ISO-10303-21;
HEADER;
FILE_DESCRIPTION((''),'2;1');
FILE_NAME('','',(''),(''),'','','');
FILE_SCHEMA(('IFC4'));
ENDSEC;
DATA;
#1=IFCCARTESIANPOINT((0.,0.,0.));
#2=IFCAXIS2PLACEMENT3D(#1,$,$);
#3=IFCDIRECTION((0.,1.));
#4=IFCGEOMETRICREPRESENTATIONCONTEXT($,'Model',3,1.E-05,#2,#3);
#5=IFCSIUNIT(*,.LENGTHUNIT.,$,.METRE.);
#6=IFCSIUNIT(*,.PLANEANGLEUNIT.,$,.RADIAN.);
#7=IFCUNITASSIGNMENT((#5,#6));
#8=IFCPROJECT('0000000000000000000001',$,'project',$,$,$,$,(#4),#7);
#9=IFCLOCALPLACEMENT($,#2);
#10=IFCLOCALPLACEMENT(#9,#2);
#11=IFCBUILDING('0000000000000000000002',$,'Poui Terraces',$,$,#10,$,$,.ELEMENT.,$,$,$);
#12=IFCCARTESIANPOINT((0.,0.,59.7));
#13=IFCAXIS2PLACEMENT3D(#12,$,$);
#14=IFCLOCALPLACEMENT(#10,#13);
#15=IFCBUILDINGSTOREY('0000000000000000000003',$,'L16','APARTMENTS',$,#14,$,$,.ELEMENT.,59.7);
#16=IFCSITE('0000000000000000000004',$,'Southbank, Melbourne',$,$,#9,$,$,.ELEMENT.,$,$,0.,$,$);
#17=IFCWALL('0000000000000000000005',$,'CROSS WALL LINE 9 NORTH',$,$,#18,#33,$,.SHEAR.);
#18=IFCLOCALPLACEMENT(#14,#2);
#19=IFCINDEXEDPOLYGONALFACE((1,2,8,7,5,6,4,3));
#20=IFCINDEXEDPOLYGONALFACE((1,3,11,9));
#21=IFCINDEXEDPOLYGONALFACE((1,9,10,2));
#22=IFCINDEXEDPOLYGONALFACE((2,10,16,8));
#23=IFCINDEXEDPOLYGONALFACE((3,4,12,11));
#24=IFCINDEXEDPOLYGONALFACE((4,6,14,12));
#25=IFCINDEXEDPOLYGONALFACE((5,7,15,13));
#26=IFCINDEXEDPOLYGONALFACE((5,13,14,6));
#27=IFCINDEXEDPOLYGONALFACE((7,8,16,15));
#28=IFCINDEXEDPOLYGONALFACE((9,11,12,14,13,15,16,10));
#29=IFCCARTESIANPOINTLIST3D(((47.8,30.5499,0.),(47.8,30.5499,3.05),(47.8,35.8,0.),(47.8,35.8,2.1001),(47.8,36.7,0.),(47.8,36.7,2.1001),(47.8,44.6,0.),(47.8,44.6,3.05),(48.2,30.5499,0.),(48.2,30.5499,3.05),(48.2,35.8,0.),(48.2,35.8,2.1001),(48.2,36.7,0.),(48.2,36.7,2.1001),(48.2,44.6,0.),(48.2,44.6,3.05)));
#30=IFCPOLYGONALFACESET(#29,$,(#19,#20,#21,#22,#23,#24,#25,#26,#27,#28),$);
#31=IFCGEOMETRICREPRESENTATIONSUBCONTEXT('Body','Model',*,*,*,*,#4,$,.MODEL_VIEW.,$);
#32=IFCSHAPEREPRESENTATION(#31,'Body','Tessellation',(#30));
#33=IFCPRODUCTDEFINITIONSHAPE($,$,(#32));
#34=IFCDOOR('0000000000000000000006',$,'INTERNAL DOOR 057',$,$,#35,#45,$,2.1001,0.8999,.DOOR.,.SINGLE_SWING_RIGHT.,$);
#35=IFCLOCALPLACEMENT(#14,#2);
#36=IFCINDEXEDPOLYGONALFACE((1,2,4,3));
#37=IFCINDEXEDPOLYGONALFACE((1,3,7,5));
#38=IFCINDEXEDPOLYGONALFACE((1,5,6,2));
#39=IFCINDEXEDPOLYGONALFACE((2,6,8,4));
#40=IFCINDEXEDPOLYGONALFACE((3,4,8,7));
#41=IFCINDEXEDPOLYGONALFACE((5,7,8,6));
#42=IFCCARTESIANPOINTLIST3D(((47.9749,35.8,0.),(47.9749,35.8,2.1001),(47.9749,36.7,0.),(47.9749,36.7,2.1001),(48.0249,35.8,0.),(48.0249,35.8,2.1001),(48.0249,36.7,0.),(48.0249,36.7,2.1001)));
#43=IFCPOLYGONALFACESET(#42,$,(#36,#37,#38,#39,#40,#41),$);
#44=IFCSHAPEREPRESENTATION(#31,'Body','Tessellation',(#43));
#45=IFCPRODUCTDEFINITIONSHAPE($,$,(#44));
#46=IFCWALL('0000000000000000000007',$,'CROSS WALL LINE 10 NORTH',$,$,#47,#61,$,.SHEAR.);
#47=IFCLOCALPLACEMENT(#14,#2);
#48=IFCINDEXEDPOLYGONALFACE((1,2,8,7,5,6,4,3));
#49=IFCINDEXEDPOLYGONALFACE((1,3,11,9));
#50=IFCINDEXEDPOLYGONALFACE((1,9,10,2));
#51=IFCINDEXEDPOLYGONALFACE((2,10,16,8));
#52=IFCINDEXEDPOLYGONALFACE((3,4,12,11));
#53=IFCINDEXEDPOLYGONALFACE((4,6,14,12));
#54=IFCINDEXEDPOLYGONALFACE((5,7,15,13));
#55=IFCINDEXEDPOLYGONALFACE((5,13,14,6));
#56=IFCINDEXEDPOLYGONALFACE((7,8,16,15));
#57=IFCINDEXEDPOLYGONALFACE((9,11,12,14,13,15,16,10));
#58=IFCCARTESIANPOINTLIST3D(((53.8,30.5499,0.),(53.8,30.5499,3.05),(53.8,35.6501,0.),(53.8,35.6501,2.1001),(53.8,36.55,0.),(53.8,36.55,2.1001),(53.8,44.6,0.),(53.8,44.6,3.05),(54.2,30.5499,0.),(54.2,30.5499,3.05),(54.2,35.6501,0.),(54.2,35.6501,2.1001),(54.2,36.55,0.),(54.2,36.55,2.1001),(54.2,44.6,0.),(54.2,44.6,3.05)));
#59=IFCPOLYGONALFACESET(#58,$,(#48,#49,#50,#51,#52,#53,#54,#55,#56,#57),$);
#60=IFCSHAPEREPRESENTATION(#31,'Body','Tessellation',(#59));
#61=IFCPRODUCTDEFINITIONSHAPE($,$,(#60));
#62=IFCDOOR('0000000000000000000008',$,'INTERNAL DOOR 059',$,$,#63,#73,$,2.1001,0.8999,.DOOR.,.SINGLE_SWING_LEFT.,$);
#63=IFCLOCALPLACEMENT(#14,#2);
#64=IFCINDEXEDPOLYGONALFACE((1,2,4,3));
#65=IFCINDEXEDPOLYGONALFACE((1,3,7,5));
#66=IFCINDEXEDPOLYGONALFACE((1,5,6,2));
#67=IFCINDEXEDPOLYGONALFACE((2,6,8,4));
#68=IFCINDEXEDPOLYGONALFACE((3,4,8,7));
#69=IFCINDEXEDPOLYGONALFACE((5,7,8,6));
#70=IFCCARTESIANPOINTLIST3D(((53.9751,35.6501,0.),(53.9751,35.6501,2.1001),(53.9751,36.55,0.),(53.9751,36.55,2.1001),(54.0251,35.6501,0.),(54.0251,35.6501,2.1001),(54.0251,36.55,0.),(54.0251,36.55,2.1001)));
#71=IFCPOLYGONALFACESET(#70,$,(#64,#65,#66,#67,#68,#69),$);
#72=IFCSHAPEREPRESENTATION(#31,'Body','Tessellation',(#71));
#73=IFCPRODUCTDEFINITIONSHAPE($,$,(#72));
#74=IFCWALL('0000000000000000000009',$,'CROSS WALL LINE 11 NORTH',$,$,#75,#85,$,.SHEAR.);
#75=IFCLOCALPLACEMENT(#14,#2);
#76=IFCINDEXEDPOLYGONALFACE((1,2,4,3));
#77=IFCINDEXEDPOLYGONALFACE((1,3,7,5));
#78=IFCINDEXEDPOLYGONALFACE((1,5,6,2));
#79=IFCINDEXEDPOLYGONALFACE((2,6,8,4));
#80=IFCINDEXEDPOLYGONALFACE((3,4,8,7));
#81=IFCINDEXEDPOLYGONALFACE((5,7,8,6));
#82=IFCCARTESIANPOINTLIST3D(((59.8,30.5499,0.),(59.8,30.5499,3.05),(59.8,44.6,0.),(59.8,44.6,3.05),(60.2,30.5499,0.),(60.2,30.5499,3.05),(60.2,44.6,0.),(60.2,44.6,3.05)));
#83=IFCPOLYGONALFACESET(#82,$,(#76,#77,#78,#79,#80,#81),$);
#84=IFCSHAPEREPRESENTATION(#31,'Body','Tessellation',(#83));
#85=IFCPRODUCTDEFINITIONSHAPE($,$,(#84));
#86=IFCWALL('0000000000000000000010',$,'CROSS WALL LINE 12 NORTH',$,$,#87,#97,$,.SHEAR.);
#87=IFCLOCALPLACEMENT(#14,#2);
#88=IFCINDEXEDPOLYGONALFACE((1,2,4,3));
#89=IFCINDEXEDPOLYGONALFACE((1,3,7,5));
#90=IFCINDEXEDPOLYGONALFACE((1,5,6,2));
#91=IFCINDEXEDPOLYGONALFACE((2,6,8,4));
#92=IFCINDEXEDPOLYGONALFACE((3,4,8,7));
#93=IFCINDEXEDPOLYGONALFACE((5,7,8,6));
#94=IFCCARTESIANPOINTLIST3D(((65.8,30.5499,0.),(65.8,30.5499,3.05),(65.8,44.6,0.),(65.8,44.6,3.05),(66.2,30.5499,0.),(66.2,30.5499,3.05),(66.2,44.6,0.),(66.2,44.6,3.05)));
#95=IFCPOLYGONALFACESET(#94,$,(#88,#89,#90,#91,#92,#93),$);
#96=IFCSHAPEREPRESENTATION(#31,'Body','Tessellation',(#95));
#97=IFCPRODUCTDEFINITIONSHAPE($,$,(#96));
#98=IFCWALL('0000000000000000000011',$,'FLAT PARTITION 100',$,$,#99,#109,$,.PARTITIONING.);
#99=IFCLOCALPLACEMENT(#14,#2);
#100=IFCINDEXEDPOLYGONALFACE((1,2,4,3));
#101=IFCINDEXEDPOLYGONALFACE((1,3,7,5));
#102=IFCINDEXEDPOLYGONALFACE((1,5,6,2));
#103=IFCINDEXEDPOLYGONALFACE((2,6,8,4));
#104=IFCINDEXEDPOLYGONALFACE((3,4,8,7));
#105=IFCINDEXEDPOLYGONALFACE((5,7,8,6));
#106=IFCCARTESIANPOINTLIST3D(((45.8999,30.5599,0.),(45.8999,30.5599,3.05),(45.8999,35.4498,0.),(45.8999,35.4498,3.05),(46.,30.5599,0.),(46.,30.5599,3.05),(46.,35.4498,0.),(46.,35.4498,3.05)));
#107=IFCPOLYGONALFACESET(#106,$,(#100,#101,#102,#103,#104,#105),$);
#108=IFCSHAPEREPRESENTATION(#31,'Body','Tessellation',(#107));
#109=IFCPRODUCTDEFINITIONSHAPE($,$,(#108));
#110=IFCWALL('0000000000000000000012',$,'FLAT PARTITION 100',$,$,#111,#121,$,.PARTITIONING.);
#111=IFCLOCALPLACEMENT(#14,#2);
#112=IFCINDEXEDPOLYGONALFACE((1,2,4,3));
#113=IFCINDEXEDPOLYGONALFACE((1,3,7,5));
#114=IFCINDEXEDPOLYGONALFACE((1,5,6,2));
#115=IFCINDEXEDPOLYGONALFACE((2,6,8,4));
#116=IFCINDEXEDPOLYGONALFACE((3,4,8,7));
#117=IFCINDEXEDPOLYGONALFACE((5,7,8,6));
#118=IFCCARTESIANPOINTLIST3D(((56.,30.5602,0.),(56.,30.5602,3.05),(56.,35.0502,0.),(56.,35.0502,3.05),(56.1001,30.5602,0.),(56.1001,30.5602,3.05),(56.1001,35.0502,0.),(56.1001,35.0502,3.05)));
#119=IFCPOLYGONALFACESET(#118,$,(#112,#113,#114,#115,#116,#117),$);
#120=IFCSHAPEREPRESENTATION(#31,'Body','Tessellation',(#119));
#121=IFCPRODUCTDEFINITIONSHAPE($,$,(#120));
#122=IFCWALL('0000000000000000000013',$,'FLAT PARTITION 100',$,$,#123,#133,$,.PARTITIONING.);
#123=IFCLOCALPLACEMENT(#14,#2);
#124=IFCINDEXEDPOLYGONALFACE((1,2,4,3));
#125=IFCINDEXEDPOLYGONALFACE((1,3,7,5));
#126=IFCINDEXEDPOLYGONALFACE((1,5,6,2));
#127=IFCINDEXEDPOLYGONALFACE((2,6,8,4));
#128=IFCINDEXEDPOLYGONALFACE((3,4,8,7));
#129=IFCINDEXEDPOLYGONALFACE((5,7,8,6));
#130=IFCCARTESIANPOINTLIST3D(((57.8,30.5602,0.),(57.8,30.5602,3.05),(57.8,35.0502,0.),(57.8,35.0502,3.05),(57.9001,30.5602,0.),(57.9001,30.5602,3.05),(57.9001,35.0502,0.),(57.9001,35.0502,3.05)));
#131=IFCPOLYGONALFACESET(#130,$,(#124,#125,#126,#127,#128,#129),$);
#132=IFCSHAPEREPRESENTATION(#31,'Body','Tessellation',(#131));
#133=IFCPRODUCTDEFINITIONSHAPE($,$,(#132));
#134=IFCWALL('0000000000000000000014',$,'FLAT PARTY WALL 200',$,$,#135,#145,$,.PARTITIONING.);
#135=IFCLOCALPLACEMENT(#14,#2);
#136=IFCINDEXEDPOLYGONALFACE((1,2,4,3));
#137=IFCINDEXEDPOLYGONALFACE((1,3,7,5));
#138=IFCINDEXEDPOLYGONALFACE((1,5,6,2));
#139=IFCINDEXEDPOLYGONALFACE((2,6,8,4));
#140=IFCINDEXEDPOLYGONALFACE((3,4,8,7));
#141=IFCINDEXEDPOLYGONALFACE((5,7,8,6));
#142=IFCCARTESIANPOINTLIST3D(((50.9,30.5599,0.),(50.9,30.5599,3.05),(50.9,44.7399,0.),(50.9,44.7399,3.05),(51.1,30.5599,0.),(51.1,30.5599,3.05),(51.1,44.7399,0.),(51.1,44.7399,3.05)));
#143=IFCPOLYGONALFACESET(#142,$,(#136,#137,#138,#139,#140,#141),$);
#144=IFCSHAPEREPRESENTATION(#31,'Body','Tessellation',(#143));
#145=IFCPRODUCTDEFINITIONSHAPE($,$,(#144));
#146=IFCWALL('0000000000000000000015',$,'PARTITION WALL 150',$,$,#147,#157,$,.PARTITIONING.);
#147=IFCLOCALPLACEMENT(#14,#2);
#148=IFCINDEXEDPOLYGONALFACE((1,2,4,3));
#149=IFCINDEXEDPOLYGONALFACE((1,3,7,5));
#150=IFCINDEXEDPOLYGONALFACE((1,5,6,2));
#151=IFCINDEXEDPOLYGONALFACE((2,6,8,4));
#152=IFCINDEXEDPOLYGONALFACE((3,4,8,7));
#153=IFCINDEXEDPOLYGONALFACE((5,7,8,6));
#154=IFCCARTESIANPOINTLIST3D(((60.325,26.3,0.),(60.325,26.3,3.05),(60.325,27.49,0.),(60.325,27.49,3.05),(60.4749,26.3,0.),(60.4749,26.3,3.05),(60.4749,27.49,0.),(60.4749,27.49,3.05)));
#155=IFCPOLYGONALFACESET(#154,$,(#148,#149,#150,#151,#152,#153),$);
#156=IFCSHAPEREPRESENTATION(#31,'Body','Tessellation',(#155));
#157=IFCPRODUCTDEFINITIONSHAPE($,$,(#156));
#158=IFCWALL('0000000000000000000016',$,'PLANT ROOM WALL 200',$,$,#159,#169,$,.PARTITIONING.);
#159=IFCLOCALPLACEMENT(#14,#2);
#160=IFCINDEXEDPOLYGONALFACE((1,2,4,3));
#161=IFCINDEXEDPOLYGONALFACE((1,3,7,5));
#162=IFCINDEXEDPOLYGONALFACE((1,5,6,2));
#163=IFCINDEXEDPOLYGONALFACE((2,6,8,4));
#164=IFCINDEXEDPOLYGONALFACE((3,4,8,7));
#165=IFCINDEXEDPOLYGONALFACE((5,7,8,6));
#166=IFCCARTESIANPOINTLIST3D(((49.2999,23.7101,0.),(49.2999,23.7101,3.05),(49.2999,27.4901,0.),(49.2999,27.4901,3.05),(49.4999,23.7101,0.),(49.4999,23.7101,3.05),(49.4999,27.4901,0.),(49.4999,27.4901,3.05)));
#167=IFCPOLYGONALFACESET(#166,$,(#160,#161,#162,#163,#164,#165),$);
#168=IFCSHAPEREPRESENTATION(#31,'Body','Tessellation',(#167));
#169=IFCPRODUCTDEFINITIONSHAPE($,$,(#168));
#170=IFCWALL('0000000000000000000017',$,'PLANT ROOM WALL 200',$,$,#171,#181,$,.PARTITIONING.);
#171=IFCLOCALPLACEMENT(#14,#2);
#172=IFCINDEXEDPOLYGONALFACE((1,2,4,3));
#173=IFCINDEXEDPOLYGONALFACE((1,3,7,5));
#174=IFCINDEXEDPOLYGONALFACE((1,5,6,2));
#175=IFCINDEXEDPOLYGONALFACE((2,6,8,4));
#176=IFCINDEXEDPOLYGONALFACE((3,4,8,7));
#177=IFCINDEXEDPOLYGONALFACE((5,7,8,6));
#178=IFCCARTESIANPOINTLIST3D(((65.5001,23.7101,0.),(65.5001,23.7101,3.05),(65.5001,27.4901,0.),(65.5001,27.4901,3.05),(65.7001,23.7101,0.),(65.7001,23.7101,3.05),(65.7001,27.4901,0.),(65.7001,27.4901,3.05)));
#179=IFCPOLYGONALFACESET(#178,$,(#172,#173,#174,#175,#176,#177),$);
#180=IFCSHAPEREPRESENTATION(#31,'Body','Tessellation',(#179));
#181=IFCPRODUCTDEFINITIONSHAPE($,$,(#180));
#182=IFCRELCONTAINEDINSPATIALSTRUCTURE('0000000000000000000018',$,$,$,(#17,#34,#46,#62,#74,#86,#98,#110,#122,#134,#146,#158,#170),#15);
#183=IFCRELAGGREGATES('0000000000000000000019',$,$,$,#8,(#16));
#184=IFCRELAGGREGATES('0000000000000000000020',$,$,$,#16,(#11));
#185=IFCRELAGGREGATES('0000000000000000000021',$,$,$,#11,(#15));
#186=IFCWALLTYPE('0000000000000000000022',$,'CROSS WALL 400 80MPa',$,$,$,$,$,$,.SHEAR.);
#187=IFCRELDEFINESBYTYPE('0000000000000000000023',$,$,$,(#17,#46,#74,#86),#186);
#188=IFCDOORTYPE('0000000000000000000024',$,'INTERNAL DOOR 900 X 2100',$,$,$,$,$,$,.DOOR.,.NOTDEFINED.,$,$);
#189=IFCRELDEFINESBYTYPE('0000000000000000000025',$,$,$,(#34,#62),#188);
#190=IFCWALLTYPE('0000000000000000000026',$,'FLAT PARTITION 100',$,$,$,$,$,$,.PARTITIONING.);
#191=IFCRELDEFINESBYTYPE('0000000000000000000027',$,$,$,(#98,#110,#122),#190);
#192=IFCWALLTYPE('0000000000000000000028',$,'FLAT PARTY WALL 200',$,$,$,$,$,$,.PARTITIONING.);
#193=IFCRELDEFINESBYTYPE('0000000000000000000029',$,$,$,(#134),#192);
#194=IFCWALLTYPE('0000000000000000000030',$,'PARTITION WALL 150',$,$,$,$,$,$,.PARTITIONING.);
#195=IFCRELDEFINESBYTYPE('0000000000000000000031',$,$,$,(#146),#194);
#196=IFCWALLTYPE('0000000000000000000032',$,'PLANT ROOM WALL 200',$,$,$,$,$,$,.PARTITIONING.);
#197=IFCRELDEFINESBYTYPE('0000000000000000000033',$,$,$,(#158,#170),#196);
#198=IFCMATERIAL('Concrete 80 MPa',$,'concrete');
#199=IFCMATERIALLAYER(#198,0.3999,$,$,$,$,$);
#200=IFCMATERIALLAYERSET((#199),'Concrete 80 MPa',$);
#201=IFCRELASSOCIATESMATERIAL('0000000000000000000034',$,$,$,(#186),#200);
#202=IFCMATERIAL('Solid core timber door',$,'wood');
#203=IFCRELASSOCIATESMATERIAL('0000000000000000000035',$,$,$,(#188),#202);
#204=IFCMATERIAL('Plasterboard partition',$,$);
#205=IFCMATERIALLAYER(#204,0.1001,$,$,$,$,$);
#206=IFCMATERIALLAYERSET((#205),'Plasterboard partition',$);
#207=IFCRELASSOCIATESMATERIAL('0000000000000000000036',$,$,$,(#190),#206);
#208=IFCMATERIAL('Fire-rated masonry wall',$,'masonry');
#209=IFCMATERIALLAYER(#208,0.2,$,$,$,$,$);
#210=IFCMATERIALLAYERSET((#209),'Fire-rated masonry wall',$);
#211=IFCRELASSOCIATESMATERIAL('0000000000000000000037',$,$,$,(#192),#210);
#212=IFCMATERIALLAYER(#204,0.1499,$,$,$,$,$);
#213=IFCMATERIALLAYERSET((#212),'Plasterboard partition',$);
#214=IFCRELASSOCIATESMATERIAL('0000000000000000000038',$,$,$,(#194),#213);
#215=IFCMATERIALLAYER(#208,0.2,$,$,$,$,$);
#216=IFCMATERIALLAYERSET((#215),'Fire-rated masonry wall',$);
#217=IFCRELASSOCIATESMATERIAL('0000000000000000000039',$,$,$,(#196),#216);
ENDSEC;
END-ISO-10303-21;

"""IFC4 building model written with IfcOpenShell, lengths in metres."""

from ifc_helpers import new_model, si_unit, direction, frame, frame_2d, origin, place, context, subcontext, project, spatial, rectangle, extrude, material, layer, layer_set, type_object, element, fill, save


model = new_model("IFC4")

# Units and contexts
model_context = context("Model", 3, precision=1e-05, world=origin(), true_north=direction((0.0, 1.0)))
body_context = subcontext(model_context, "Body", "Model", "MODEL_VIEW")
ifc_project = project(units=[si_unit("LENGTHUNIT", "METRE"), si_unit("PLANEANGLEUNIT", "RADIAN")], contexts=[model_context])

# Site, building, storey
site_placement = place(None, origin())
site = spatial("IfcSite", under=ifc_project, at=site_placement, Name="Southbank, Melbourne", CompositionType="ELEMENT", RefElevation=0.0)
building_placement = place(site_placement, origin())
building = spatial("IfcBuilding", under=site, at=building_placement, Name="Poui Terraces", CompositionType="ELEMENT")
storey_placement = place(building_placement, frame((0.0, 0.0, 59.7)))
storey = spatial("IfcBuildingStorey", under=building, at=storey_placement, Name="L16", Description="APARTMENTS", CompositionType="ELEMENT", Elevation=59.7)

# Shared definitions
ifc_material_1 = material(Name="Concrete 80 MPa", Category="concrete")

# Walls, openings, doors
ifc_layer_1 = layer(ifc_material_1, 0.3999)
ifc_layer_set_1 = layer_set([ifc_layer_1], Name="Concrete 80 MPa")
wall_type_1 = type_object("IfcWallType", Name="CROSS WALL 400 80MPa", PredefinedType="SHEAR", material=ifc_layer_set_1)
wall_1_placement = place(storey_placement, frame((48.0, 30.55, 0.0), z_axis=(0.0, 0.0, 1.0), x_axis=(0.0, 1.0, 0.0)))
wall_1 = element("IfcWall", 1, at=wall_1_placement, inside=storey, type_object=wall_type_1, Name="CROSS WALL LINE 9 NORTH", PredefinedType="SHEAR", context=body_context, shape_type="SweptSolid", body=[
    extrude(rectangle(XDim=14.05, YDim=0.3999, at=frame_2d((7.0249, 0.0))), origin(), (0.0, 0.0, 1.0), 3.05),
])
opening_1_placement = place(wall_1_placement, frame((5.25, 0.0, 0.0)))
opening_1 = element("IfcOpeningElement", 2, at=opening_1_placement, cuts=wall_1, PredefinedType="OPENING", context=body_context, shape_type="SweptSolid", body=[
    extrude(rectangle(XDim=0.8999, YDim=2.1001, at=frame_2d((0.45, 1.05))), frame((0.0, 0.21, 0.0), z_axis=(0.0, -1.0, 0.0), x_axis=(1.0, 0.0, 0.0)), (0.0, 0.0, 1.0), 0.4199),
])
ifc_material_2 = material(Name="Solid core timber door", Category="wood")
door_type_1 = type_object("IfcDoorType", Name="INTERNAL DOOR 900 X 2100", OperationType="NOTDEFINED", PredefinedType="DOOR", material=ifc_material_2)
door_1_placement = place(opening_1_placement, frame((0.8999, 0.0, 0.0), z_axis=(0.0, 0.0, 1.0), x_axis=(-1.0, 0.0, 0.0)))
door_1 = element("IfcDoor", 3, at=door_1_placement, inside=storey, type_object=door_type_1, Name="INTERNAL DOOR 057", OperationType="SINGLE_SWING_RIGHT", OverallHeight=2.1001, OverallWidth=0.8999, PredefinedType="DOOR", context=body_context, shape_type="SweptSolid", body=[
    extrude(rectangle(XDim=0.8999, YDim=2.1001, at=frame_2d((0.45, 1.05))), frame((0.0, 0.0249, 0.0), z_axis=(0.0, -1.0, 0.0), x_axis=(1.0, 0.0, 0.0)), (0.0, 0.0, 1.0), 0.05),
])
fill(opening_1, door_1)
wall_2_placement = place(storey_placement, frame((54.0, 30.55, 0.0), z_axis=(0.0, 0.0, 1.0), x_axis=(0.0, 1.0, 0.0)))
wall_2 = element("IfcWall", 4, at=wall_2_placement, inside=storey, type_object=wall_type_1, Name="CROSS WALL LINE 10 NORTH", PredefinedType="SHEAR", context=body_context, shape_type="SweptSolid", body=[
    extrude(rectangle(XDim=14.05, YDim=0.3999, at=frame_2d((7.0249, 0.0))), origin(), (0.0, 0.0, 1.0), 3.05),
])
opening_2_placement = place(wall_2_placement, frame((5.1001, 0.0, 0.0)))
opening_2 = element("IfcOpeningElement", 5, at=opening_2_placement, cuts=wall_2, PredefinedType="OPENING", context=body_context, shape_type="SweptSolid", body=[
    extrude(rectangle(XDim=0.8999, YDim=2.1001, at=frame_2d((0.45, 1.05))), frame((0.0, 0.21, 0.0), z_axis=(0.0, -1.0, 0.0), x_axis=(1.0, 0.0, 0.0)), (0.0, 0.0, 1.0), 0.4199),
])
door_2_placement = place(opening_2_placement, origin())
door_2 = element("IfcDoor", 6, at=door_2_placement, inside=storey, type_object=door_type_1, Name="INTERNAL DOOR 059", OperationType="SINGLE_SWING_LEFT", OverallHeight=2.1001, OverallWidth=0.8999, PredefinedType="DOOR", context=body_context, shape_type="SweptSolid", body=[
    extrude(rectangle(XDim=0.8999, YDim=2.1001, at=frame_2d((0.45, 1.05))), frame((0.0, 0.0249, 0.0), z_axis=(0.0, -1.0, 0.0), x_axis=(1.0, 0.0, 0.0)), (0.0, 0.0, 1.0), 0.05),
])
fill(opening_2, door_2)

# Walls
for number, where, z_axis, x_axis, name in (
    (7, (60.0, 30.55, 0.0), (0.0, 0.0, 1.0), (0.0, 1.0, 0.0), "CROSS WALL LINE 11 NORTH"),
    (8, (66.0, 30.55, 0.0), (0.0, 0.0, 1.0), (0.0, 1.0, 0.0), "CROSS WALL LINE 12 NORTH"),
):
    element("IfcWall", number, at=place(storey_placement, frame(where, z_axis=z_axis, x_axis=x_axis)), inside=storey, type_object=wall_type_1, Name=name, PredefinedType="SHEAR", context=body_context, shape_type="SweptSolid", body=[
        extrude(rectangle(XDim=14.05, YDim=0.3999, at=frame_2d((7.0249, 0.0))), origin(), (0.0, 0.0, 1.0), 3.05),
    ])
ifc_material_3 = material(Name="Plasterboard partition")
ifc_layer_2 = layer(ifc_material_3, 0.1001)
ifc_layer_set_2 = layer_set([ifc_layer_2], Name="Plasterboard partition")
wall_type_2 = type_object("IfcWallType", Name="FLAT PARTITION 100", PredefinedType="PARTITIONING", material=ifc_layer_set_2)
wall_3_placement = place(storey_placement, frame((45.95, 30.5601, 0.0), z_axis=(0.0, 0.0, 1.0), x_axis=(0.0, 1.0, 0.0)))
element("IfcWall", 9, at=wall_3_placement, inside=storey, type_object=wall_type_2, Name="FLAT PARTITION 100", PredefinedType="PARTITIONING", context=body_context, shape_type="SweptSolid", body=[
    extrude(rectangle(XDim=4.8899, YDim=0.1001, at=frame_2d((2.4448, 0.0))), origin(), (0.0, 0.0, 1.0), 3.05),
])
for number, where, z_axis, x_axis, name in (
    (10, (56.05, 30.5601, 0.0), (0.0, 0.0, 1.0), (0.0, 1.0, 0.0), "FLAT PARTITION 100"),
    (11, (57.8501, 30.5601, 0.0), (0.0, 0.0, 1.0), (0.0, 1.0, 0.0), "FLAT PARTITION 100"),
):
    element("IfcWall", number, at=place(storey_placement, frame(where, z_axis=z_axis, x_axis=x_axis)), inside=storey, type_object=wall_type_2, Name=name, PredefinedType="PARTITIONING", context=body_context, shape_type="SweptSolid", body=[
        extrude(rectangle(XDim=4.49, YDim=0.1001, at=frame_2d((2.2451, 0.0))), origin(), (0.0, 0.0, 1.0), 3.05),
    ])
ifc_material_4 = material(Name="Fire-rated masonry wall", Category="masonry")
ifc_layer_3 = layer(ifc_material_4, 0.2)
ifc_layer_set_3 = layer_set([ifc_layer_3], Name="Fire-rated masonry wall")
wall_type_3 = type_object("IfcWallType", Name="FLAT PARTY WALL 200", PredefinedType="PARTITIONING", material=ifc_layer_set_3)
wall_4_placement = place(storey_placement, frame((51.0, 30.5601, 0.0), z_axis=(0.0, 0.0, 1.0), x_axis=(0.0, 1.0, 0.0)))
element("IfcWall", 12, at=wall_4_placement, inside=storey, type_object=wall_type_3, Name="FLAT PARTY WALL 200", PredefinedType="PARTITIONING", context=body_context, shape_type="SweptSolid", body=[
    extrude(rectangle(XDim=14.1799, YDim=0.2, at=frame_2d((7.0898, 0.0))), origin(), (0.0, 0.0, 1.0), 3.05),
])
ifc_layer_4 = layer(ifc_material_3, 0.1499)
ifc_layer_set_4 = layer_set([ifc_layer_4], Name="Plasterboard partition")
wall_type_4 = type_object("IfcWallType", Name="PARTITION WALL 150", PredefinedType="PARTITIONING", material=ifc_layer_set_4)
wall_5_placement = place(storey_placement, frame((60.3999, 26.3, 0.0), z_axis=(0.0, 0.0, 1.0), x_axis=(0.0, 1.0, 0.0)))
element("IfcWall", 13, at=wall_5_placement, inside=storey, type_object=wall_type_4, Name="PARTITION WALL 150", PredefinedType="PARTITIONING", context=body_context, shape_type="SweptSolid", body=[
    extrude(rectangle(XDim=1.1899, YDim=0.1499, at=frame_2d((0.595, 0.0))), origin(), (0.0, 0.0, 1.0), 3.05),
])
ifc_layer_5 = layer(ifc_material_4, 0.2)
ifc_layer_set_5 = layer_set([ifc_layer_5], Name="Fire-rated masonry wall")
wall_type_5 = type_object("IfcWallType", Name="PLANT ROOM WALL 200", PredefinedType="PARTITIONING", material=ifc_layer_set_5)
for number, where, z_axis, x_axis, name in (
    (14, (49.3999, 23.71, 0.0), (0.0, 0.0, 1.0), (0.0, 1.0, 0.0), "PLANT ROOM WALL 200"),
    (15, (65.6001, 23.71, 0.0), (0.0, 0.0, 1.0), (0.0, 1.0, 0.0), "PLANT ROOM WALL 200"),
):
    element("IfcWall", number, at=place(storey_placement, frame(where, z_axis=z_axis, x_axis=x_axis)), inside=storey, type_object=wall_type_5, Name=name, PredefinedType="PARTITIONING", context=body_context, shape_type="SweptSolid", body=[
        extrude(rectangle(XDim=3.78, YDim=0.2, at=frame_2d((1.8901, 0.0))), origin(), (0.0, 0.0, 1.0), 3.05),
    ])

save(model, "model.ifc")
